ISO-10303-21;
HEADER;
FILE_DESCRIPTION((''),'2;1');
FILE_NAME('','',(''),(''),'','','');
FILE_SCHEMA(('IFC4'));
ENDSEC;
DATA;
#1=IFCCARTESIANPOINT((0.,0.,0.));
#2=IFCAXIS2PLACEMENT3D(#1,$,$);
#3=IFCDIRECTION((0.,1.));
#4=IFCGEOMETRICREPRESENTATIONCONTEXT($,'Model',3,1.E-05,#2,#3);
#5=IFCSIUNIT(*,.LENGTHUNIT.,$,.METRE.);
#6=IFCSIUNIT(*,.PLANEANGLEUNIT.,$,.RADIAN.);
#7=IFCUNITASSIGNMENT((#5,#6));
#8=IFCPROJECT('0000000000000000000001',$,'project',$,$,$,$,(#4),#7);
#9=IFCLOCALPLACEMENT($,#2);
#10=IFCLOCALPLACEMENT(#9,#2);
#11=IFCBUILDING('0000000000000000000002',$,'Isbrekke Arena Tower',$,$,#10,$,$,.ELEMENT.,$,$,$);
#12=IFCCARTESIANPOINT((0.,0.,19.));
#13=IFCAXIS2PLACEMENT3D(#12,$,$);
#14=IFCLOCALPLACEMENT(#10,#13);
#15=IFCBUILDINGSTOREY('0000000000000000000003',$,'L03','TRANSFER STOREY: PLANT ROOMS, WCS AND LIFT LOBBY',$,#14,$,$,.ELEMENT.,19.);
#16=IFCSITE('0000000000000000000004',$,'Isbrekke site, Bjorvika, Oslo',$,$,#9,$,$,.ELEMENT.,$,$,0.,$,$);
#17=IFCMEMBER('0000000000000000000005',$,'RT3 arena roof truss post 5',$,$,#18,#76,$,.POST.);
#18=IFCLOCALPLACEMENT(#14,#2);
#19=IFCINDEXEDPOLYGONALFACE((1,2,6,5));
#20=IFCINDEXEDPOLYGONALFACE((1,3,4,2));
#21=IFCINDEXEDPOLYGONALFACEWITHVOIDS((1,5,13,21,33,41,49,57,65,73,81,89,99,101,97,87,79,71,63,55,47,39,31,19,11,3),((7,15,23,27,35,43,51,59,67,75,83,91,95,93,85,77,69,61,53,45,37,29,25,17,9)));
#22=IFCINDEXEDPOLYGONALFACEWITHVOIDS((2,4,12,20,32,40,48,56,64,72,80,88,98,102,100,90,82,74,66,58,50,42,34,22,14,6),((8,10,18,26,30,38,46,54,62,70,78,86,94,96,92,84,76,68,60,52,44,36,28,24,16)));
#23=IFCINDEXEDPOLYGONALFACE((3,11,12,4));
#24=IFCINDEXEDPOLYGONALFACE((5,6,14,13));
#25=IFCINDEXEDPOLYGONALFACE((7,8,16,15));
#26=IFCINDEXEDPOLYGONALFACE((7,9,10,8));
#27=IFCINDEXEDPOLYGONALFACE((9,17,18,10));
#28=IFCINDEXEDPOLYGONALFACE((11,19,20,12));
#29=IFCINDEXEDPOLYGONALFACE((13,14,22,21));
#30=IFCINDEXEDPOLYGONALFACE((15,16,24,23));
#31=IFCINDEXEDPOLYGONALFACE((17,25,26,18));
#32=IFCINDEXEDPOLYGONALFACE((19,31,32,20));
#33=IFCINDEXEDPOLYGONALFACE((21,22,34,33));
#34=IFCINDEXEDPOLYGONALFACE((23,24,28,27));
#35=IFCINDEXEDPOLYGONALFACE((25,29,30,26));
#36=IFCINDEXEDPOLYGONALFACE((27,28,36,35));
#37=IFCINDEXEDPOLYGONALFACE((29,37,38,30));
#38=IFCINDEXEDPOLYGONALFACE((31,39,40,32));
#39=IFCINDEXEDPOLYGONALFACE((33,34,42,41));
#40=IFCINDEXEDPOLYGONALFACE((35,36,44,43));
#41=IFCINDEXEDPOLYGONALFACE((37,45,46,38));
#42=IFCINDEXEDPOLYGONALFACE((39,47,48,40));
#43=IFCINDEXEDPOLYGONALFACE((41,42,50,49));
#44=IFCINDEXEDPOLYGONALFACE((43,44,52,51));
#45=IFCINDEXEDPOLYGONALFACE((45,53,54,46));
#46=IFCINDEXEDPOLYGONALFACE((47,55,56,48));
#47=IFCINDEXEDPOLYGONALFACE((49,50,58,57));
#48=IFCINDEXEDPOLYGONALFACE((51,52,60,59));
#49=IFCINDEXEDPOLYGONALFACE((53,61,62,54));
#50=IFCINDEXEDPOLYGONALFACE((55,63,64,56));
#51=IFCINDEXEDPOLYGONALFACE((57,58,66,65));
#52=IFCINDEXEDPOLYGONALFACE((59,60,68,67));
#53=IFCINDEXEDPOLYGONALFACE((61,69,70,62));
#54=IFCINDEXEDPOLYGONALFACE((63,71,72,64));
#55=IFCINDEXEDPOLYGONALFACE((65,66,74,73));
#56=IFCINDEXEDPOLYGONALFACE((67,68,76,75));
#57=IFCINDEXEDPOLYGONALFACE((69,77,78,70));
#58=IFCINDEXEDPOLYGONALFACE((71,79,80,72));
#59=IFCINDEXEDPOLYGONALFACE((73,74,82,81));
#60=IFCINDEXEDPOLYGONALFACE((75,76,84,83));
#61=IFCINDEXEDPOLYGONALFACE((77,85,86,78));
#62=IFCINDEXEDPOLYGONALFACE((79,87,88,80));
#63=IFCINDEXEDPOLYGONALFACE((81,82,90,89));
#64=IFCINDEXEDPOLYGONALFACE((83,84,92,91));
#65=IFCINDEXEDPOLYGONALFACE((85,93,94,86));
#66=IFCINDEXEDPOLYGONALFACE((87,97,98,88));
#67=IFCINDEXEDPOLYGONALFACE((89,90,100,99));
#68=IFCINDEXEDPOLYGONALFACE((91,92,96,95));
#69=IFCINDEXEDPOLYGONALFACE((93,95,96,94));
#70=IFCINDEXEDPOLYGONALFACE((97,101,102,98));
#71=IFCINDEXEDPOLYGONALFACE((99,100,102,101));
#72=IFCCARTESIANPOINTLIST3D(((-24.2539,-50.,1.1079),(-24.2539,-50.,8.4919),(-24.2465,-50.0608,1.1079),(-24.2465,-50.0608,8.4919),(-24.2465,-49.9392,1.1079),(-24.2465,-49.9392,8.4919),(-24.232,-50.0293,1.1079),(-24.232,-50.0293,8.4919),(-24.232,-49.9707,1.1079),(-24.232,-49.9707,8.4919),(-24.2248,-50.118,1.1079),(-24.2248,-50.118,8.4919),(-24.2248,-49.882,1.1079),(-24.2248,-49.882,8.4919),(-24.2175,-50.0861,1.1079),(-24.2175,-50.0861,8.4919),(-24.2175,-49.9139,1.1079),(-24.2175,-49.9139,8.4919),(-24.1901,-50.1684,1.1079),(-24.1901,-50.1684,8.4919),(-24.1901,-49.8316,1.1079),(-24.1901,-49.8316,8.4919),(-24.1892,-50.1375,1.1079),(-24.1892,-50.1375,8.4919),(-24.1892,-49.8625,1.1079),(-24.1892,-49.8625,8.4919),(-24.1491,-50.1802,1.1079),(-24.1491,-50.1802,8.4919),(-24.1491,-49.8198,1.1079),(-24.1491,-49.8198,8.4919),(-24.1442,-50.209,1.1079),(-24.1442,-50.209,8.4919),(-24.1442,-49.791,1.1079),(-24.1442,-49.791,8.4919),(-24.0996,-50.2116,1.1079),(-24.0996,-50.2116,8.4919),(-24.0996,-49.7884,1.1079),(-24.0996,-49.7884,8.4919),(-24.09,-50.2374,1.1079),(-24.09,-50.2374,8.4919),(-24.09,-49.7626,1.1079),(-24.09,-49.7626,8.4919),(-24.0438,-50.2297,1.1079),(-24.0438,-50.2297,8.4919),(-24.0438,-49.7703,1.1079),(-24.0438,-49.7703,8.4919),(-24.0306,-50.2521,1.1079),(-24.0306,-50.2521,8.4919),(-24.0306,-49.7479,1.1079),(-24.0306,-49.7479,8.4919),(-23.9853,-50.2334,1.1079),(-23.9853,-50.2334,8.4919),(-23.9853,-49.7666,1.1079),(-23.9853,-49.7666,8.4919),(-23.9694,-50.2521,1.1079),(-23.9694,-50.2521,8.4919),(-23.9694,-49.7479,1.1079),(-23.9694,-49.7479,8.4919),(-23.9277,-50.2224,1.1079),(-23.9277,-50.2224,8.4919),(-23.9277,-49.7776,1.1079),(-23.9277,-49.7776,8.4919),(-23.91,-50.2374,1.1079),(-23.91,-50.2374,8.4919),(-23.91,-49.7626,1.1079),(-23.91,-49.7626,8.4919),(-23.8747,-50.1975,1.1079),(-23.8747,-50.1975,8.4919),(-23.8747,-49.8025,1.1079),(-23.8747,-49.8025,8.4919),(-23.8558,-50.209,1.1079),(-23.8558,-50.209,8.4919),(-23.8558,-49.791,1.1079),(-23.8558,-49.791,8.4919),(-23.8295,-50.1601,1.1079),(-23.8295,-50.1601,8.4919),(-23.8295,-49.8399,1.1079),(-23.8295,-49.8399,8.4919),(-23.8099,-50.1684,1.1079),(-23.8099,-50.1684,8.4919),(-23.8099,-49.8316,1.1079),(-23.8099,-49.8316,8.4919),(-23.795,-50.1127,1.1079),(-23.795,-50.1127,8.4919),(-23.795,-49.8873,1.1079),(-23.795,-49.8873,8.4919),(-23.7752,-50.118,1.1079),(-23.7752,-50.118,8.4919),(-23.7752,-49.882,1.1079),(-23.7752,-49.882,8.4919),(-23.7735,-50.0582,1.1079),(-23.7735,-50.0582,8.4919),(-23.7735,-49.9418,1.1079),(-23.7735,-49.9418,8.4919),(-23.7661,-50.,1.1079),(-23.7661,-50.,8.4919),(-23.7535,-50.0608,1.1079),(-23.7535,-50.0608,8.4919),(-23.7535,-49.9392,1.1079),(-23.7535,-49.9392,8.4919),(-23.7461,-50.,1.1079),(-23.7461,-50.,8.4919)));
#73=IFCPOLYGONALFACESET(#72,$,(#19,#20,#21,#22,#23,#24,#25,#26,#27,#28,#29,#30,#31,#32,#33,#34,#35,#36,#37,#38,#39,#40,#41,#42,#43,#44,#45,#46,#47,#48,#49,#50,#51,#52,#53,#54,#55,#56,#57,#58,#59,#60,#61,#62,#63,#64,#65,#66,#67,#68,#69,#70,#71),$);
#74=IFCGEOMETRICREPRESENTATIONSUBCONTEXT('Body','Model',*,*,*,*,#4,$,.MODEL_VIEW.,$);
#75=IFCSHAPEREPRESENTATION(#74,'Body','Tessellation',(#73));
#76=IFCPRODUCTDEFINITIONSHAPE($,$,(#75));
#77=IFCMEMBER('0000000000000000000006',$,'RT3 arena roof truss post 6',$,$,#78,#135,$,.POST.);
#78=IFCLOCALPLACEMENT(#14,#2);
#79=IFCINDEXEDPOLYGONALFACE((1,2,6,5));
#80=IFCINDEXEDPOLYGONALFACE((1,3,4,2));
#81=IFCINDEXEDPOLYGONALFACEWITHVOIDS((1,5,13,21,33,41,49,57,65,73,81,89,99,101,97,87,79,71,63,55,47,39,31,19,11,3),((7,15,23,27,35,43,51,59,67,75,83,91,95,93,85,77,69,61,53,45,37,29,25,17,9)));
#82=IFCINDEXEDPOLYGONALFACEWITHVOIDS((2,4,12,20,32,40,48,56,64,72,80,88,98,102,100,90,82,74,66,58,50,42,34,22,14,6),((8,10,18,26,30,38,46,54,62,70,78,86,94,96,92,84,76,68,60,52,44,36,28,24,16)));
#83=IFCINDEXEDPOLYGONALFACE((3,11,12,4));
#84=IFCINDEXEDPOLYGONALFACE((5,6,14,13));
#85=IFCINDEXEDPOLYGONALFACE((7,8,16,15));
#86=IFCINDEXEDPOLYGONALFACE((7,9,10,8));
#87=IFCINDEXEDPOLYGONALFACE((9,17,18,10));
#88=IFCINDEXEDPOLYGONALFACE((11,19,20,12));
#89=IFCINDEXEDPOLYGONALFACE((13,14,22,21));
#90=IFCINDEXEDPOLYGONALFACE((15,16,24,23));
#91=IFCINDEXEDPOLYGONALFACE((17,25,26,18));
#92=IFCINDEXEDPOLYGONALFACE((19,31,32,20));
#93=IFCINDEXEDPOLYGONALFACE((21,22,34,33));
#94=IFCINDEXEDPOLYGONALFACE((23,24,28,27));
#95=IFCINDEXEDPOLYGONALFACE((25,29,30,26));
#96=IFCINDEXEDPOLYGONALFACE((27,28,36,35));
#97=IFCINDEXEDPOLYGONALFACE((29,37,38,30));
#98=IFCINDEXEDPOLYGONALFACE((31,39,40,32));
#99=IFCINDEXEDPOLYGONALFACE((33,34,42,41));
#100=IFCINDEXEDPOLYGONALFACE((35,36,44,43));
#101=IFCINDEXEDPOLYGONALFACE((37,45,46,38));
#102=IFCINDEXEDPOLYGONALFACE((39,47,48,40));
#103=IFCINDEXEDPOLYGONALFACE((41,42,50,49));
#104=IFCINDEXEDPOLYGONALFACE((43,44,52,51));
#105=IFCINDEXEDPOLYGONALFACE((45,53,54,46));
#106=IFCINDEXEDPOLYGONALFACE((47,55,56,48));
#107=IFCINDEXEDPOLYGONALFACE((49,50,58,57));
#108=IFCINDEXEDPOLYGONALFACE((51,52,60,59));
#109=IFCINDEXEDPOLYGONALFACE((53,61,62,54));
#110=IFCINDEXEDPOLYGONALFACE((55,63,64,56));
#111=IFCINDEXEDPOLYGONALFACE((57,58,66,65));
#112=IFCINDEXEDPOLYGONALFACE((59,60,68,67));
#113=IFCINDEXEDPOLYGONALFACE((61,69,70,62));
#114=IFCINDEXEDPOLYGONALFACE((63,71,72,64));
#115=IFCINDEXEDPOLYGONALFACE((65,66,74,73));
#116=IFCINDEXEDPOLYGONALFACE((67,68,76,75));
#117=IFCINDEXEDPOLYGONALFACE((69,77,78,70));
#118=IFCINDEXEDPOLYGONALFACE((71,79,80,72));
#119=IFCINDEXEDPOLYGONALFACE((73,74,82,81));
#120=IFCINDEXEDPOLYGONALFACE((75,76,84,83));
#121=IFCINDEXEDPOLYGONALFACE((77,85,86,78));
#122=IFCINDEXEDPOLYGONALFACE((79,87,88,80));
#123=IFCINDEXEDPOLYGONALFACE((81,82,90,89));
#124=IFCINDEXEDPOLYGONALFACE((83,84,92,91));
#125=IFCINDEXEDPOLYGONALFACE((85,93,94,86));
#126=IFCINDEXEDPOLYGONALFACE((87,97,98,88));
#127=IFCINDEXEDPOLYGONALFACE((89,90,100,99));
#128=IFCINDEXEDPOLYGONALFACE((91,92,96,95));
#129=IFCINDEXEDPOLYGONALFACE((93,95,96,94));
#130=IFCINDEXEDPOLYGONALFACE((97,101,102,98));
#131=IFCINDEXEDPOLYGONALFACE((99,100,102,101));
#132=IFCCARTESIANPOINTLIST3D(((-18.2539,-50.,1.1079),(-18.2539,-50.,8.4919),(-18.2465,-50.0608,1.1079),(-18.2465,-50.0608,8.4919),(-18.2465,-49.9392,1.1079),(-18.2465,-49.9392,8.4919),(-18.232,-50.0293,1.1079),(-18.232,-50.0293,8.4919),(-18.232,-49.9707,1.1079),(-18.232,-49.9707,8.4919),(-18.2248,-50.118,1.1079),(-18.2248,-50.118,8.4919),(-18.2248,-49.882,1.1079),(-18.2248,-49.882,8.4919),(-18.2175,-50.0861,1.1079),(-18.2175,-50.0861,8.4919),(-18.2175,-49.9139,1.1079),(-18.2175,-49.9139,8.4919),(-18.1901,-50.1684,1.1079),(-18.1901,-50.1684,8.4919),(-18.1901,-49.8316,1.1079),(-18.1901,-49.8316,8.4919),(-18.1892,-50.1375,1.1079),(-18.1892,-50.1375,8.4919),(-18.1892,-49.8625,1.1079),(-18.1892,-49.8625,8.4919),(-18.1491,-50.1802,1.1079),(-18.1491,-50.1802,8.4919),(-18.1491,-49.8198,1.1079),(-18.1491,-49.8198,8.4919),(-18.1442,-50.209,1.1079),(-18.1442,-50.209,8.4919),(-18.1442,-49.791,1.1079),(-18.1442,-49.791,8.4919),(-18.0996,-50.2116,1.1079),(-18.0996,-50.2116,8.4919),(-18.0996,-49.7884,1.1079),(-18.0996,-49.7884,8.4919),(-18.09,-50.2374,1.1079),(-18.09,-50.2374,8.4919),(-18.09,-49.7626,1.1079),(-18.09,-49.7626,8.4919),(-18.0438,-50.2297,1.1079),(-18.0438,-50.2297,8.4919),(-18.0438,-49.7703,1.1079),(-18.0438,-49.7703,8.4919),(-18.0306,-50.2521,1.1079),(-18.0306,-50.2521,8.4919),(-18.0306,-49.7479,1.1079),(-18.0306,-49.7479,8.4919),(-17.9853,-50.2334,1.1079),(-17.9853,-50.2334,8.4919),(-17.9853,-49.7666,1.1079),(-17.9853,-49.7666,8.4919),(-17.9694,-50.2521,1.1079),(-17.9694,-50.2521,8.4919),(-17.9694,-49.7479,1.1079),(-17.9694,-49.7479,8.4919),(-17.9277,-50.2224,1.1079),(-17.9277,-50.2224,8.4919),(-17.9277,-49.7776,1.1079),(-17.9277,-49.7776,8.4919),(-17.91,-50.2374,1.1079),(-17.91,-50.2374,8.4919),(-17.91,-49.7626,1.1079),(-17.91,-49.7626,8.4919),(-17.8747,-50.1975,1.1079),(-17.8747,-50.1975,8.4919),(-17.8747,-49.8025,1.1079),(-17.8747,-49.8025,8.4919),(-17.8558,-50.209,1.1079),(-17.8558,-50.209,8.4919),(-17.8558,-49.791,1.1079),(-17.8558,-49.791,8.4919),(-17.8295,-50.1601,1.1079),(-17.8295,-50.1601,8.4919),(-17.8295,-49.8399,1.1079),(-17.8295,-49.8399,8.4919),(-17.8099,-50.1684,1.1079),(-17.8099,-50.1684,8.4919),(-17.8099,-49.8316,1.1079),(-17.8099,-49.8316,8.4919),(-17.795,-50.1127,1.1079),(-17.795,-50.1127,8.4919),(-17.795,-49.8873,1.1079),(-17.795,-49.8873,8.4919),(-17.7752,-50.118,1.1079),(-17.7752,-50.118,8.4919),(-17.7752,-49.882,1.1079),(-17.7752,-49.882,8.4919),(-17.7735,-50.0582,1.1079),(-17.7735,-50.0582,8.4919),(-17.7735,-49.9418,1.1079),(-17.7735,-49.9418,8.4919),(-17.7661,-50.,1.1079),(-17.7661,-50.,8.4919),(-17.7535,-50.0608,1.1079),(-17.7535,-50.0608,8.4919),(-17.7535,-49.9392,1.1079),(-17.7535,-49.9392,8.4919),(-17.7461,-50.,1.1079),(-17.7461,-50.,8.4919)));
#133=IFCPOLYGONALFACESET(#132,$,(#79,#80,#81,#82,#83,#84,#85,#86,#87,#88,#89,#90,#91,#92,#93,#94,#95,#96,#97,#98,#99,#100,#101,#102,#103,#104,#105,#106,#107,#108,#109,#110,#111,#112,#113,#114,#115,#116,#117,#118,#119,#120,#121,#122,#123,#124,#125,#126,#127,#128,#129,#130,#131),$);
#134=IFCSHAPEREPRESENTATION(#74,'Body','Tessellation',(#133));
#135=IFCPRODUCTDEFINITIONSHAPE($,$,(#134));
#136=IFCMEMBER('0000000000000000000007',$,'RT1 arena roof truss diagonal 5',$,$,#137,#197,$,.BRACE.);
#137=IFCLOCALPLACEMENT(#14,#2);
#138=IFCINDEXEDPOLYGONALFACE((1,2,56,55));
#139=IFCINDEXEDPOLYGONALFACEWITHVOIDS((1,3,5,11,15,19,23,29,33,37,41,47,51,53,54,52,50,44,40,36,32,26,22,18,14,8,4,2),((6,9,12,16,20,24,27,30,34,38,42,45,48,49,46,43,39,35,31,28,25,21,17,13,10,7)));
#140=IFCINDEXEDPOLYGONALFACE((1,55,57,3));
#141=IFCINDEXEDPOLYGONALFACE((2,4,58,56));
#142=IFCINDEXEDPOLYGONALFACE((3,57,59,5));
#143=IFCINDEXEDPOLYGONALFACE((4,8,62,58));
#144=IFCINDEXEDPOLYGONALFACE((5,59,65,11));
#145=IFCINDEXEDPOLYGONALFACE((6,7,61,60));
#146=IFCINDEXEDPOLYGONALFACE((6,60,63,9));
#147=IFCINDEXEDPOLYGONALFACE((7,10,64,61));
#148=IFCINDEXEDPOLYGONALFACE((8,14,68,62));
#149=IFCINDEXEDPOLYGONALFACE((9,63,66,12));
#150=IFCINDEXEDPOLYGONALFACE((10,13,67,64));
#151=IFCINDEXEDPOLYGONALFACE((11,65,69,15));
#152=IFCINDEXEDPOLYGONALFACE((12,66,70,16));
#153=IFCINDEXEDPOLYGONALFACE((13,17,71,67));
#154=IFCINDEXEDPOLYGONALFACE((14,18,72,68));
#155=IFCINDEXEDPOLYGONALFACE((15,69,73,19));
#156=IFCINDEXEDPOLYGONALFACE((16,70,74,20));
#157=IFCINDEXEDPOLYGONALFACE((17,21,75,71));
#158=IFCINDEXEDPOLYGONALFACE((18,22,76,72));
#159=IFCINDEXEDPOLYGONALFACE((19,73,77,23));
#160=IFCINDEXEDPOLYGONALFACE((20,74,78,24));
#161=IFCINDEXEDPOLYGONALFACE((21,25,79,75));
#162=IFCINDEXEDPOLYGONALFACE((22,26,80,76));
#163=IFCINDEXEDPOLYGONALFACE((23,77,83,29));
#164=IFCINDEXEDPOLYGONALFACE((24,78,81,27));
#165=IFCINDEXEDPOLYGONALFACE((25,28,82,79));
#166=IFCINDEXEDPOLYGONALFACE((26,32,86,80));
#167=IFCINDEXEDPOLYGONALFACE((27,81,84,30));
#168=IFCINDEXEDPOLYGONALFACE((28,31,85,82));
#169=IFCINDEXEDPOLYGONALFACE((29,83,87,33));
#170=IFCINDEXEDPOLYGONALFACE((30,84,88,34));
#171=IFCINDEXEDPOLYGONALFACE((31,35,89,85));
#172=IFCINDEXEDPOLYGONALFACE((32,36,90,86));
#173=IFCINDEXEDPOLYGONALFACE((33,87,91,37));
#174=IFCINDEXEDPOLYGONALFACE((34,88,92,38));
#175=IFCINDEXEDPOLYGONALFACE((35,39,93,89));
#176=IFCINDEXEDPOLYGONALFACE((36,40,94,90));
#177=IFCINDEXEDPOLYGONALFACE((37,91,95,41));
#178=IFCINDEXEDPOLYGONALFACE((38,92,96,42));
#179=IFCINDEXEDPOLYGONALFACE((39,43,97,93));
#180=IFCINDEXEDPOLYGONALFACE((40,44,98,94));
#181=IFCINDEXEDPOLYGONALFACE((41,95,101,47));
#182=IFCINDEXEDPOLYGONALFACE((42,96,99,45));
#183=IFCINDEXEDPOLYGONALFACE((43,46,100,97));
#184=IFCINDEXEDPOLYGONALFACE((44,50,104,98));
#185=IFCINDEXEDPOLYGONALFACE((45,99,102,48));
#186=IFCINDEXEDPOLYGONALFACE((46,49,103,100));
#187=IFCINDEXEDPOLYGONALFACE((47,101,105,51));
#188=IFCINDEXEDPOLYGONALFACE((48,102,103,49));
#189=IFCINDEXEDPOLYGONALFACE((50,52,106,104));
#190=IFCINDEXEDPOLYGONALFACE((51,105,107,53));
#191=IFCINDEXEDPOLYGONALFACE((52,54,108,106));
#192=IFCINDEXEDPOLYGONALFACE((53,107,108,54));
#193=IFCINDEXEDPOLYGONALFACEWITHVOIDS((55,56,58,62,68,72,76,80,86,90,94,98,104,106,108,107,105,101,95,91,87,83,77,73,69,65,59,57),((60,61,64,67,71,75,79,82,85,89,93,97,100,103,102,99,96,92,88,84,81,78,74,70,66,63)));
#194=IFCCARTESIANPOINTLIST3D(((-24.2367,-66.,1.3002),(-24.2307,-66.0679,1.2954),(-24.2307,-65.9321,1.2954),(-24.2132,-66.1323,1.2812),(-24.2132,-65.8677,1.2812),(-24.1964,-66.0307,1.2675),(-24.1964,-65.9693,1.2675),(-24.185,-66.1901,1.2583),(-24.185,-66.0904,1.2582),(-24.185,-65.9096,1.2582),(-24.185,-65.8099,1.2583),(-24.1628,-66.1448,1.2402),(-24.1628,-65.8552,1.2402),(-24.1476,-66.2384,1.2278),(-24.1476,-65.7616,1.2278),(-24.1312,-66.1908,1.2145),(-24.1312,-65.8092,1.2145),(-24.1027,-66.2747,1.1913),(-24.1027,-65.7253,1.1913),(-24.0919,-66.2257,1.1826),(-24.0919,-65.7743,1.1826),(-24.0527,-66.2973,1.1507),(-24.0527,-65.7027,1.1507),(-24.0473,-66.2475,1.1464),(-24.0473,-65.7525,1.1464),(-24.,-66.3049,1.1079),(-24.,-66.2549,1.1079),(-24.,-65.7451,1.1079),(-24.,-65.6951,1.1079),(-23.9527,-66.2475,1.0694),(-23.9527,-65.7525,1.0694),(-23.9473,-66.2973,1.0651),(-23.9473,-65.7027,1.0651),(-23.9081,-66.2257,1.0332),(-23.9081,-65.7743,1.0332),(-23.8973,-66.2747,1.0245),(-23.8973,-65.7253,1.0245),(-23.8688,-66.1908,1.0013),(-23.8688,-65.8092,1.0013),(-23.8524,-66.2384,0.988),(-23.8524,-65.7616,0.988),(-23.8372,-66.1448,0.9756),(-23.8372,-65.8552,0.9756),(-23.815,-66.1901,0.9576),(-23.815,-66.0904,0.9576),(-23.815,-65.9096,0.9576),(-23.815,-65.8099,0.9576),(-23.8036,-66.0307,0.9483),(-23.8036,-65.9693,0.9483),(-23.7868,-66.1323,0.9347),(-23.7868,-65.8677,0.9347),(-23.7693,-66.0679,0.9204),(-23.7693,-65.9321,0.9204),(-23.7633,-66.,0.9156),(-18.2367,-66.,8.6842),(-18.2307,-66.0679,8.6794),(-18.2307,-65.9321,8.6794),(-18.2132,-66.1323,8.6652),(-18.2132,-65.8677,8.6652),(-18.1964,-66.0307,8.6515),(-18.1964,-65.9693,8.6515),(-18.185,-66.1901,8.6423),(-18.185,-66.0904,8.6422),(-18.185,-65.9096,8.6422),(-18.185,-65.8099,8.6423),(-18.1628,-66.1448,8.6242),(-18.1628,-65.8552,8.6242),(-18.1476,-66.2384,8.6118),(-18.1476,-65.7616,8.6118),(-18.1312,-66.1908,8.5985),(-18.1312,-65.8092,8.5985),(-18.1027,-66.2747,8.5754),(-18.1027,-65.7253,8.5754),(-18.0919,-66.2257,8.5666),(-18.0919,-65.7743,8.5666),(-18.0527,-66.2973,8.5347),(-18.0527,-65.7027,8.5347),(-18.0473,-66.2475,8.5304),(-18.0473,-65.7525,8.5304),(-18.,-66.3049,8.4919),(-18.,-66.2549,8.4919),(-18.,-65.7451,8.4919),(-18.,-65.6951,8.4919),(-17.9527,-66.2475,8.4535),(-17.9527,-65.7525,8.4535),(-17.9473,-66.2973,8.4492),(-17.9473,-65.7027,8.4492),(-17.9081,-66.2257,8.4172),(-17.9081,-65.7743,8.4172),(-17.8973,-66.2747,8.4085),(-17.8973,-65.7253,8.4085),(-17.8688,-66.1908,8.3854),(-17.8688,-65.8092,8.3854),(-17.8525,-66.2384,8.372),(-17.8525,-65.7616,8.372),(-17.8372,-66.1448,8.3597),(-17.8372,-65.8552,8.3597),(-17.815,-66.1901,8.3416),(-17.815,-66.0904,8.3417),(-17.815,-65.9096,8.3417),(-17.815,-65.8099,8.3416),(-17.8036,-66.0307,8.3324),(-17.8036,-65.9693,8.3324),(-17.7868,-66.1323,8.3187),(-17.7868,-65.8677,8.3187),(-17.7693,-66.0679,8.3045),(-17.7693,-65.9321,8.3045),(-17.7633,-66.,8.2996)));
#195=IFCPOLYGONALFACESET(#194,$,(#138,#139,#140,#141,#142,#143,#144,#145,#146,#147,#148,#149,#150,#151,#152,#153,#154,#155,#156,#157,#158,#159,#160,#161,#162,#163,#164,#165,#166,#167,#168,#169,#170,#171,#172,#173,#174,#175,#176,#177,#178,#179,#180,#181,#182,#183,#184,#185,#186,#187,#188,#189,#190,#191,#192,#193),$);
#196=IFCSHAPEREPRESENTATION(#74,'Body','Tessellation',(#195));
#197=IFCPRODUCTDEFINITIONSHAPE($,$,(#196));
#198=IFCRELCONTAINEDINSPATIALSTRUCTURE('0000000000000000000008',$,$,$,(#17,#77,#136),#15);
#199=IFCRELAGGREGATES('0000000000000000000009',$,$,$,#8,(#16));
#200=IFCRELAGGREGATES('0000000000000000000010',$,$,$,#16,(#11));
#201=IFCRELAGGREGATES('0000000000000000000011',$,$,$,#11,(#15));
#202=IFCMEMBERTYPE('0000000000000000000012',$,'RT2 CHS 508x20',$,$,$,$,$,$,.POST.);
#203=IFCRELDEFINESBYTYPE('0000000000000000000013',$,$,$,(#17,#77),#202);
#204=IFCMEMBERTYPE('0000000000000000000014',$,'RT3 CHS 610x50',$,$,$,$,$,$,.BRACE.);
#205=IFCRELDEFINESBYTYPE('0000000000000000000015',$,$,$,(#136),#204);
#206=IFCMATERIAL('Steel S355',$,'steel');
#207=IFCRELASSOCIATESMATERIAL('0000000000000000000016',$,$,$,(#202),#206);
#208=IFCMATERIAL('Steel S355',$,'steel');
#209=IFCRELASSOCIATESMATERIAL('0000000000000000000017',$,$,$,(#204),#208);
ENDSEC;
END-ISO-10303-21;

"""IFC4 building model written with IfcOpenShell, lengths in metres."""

from ifc_helpers import new_model, si_unit, direction, frame, origin, origin_2d, place, context, subcontext, project, spatial, hollow_circle, extrude, material, material_profile, profile_set, type_object, element, save


model = new_model("IFC4")

# Units and contexts
model_context = context("Model", 3, precision=1e-05, world=origin(), true_north=direction((0.0, 1.0)))
body_context = subcontext(model_context, "Body", "Model", "MODEL_VIEW")
ifc_project = project(units=[si_unit("LENGTHUNIT", "METRE"), si_unit("PLANEANGLEUNIT", "RADIAN")], contexts=[model_context])

# Site, building, storey
site_placement = place(None, origin())
site = spatial("IfcSite", under=ifc_project, at=site_placement, Name="Isbrekke site, Bjorvika, Oslo", CompositionType="ELEMENT", RefElevation=0.0)
building_placement = place(site_placement, origin())
building = spatial("IfcBuilding", under=site, at=building_placement, Name="Isbrekke Arena Tower", CompositionType="ELEMENT")
storey_placement = place(building_placement, frame((0.0, 0.0, 19.0)))
storey = spatial("IfcBuildingStorey", under=building, at=storey_placement, Name="L03", Description="TRANSFER STOREY: PLANT ROOMS, WCS AND LIFT LOBBY", CompositionType="ELEMENT", Elevation=19.0)

# Members
ifc_material_1 = material(Name="Steel S355", Category="steel")
ifc_material_profile_1 = material_profile(ifc_material_1, hollow_circle(Radius=0.2539, WallThickness=0.02, at=origin_2d()), Name="CHS 508x20")
ifc_profile_set_1 = profile_set([ifc_material_profile_1], Name="Steel S355")
member_type_1 = type_object("IfcMemberType", Name="RT2 CHS 508x20", PredefinedType="POST", material=ifc_profile_set_1)
for number, where, z_axis, x_axis, name in (
    (1, (-24.0, -50.0, 1.1079), (0.0, 0.0, 1.0), (1.0, 0.0, 0.0), "RT3 arena roof truss post 5"),
    (2, (-18.0, -50.0, 1.1079), (0.0, 0.0, 1.0), (1.0, 0.0, 0.0), "RT3 arena roof truss post 6"),
):
    element("IfcMember", number, at=place(storey_placement, frame(where, z_axis=z_axis, x_axis=x_axis)), inside=storey, type_object=member_type_1, Name=name, PredefinedType="POST", context=body_context, shape_type="SweptSolid", body=[
        extrude(hollow_circle(Radius=0.2539, WallThickness=0.02, at=origin_2d()), origin(), (0.0, 0.0, 1.0), 7.384),
    ])
ifc_material_2 = material(Name="Steel S355", Category="steel")
ifc_material_profile_2 = material_profile(ifc_material_2, hollow_circle(Radius=0.3049, WallThickness=0.05, at=origin_2d()), Name="CHS 610x50")
ifc_profile_set_2 = profile_set([ifc_material_profile_2], Name="Steel S355")
member_type_2 = type_object("IfcMemberType", Name="RT3 CHS 610x50", PredefinedType="BRACE", material=ifc_profile_set_2)
for number, where, z_axis, x_axis, name in (
    (3, (-24.0, -66.0, 1.1079), (0.630623, 0.0, 0.77609), (0.0, 1.0, 0.0), "RT1 arena roof truss diagonal 5"),
):
    element("IfcMember", number, at=place(storey_placement, frame(where, z_axis=z_axis, x_axis=x_axis)), inside=storey, type_object=member_type_2, Name=name, PredefinedType="BRACE", context=body_context, shape_type="SweptSolid", body=[
        extrude(hollow_circle(Radius=0.3049, WallThickness=0.05, at=origin_2d()), origin(), (0.0, 0.0, 1.0), 9.5144),
    ])

save(model, "model.ifc")
